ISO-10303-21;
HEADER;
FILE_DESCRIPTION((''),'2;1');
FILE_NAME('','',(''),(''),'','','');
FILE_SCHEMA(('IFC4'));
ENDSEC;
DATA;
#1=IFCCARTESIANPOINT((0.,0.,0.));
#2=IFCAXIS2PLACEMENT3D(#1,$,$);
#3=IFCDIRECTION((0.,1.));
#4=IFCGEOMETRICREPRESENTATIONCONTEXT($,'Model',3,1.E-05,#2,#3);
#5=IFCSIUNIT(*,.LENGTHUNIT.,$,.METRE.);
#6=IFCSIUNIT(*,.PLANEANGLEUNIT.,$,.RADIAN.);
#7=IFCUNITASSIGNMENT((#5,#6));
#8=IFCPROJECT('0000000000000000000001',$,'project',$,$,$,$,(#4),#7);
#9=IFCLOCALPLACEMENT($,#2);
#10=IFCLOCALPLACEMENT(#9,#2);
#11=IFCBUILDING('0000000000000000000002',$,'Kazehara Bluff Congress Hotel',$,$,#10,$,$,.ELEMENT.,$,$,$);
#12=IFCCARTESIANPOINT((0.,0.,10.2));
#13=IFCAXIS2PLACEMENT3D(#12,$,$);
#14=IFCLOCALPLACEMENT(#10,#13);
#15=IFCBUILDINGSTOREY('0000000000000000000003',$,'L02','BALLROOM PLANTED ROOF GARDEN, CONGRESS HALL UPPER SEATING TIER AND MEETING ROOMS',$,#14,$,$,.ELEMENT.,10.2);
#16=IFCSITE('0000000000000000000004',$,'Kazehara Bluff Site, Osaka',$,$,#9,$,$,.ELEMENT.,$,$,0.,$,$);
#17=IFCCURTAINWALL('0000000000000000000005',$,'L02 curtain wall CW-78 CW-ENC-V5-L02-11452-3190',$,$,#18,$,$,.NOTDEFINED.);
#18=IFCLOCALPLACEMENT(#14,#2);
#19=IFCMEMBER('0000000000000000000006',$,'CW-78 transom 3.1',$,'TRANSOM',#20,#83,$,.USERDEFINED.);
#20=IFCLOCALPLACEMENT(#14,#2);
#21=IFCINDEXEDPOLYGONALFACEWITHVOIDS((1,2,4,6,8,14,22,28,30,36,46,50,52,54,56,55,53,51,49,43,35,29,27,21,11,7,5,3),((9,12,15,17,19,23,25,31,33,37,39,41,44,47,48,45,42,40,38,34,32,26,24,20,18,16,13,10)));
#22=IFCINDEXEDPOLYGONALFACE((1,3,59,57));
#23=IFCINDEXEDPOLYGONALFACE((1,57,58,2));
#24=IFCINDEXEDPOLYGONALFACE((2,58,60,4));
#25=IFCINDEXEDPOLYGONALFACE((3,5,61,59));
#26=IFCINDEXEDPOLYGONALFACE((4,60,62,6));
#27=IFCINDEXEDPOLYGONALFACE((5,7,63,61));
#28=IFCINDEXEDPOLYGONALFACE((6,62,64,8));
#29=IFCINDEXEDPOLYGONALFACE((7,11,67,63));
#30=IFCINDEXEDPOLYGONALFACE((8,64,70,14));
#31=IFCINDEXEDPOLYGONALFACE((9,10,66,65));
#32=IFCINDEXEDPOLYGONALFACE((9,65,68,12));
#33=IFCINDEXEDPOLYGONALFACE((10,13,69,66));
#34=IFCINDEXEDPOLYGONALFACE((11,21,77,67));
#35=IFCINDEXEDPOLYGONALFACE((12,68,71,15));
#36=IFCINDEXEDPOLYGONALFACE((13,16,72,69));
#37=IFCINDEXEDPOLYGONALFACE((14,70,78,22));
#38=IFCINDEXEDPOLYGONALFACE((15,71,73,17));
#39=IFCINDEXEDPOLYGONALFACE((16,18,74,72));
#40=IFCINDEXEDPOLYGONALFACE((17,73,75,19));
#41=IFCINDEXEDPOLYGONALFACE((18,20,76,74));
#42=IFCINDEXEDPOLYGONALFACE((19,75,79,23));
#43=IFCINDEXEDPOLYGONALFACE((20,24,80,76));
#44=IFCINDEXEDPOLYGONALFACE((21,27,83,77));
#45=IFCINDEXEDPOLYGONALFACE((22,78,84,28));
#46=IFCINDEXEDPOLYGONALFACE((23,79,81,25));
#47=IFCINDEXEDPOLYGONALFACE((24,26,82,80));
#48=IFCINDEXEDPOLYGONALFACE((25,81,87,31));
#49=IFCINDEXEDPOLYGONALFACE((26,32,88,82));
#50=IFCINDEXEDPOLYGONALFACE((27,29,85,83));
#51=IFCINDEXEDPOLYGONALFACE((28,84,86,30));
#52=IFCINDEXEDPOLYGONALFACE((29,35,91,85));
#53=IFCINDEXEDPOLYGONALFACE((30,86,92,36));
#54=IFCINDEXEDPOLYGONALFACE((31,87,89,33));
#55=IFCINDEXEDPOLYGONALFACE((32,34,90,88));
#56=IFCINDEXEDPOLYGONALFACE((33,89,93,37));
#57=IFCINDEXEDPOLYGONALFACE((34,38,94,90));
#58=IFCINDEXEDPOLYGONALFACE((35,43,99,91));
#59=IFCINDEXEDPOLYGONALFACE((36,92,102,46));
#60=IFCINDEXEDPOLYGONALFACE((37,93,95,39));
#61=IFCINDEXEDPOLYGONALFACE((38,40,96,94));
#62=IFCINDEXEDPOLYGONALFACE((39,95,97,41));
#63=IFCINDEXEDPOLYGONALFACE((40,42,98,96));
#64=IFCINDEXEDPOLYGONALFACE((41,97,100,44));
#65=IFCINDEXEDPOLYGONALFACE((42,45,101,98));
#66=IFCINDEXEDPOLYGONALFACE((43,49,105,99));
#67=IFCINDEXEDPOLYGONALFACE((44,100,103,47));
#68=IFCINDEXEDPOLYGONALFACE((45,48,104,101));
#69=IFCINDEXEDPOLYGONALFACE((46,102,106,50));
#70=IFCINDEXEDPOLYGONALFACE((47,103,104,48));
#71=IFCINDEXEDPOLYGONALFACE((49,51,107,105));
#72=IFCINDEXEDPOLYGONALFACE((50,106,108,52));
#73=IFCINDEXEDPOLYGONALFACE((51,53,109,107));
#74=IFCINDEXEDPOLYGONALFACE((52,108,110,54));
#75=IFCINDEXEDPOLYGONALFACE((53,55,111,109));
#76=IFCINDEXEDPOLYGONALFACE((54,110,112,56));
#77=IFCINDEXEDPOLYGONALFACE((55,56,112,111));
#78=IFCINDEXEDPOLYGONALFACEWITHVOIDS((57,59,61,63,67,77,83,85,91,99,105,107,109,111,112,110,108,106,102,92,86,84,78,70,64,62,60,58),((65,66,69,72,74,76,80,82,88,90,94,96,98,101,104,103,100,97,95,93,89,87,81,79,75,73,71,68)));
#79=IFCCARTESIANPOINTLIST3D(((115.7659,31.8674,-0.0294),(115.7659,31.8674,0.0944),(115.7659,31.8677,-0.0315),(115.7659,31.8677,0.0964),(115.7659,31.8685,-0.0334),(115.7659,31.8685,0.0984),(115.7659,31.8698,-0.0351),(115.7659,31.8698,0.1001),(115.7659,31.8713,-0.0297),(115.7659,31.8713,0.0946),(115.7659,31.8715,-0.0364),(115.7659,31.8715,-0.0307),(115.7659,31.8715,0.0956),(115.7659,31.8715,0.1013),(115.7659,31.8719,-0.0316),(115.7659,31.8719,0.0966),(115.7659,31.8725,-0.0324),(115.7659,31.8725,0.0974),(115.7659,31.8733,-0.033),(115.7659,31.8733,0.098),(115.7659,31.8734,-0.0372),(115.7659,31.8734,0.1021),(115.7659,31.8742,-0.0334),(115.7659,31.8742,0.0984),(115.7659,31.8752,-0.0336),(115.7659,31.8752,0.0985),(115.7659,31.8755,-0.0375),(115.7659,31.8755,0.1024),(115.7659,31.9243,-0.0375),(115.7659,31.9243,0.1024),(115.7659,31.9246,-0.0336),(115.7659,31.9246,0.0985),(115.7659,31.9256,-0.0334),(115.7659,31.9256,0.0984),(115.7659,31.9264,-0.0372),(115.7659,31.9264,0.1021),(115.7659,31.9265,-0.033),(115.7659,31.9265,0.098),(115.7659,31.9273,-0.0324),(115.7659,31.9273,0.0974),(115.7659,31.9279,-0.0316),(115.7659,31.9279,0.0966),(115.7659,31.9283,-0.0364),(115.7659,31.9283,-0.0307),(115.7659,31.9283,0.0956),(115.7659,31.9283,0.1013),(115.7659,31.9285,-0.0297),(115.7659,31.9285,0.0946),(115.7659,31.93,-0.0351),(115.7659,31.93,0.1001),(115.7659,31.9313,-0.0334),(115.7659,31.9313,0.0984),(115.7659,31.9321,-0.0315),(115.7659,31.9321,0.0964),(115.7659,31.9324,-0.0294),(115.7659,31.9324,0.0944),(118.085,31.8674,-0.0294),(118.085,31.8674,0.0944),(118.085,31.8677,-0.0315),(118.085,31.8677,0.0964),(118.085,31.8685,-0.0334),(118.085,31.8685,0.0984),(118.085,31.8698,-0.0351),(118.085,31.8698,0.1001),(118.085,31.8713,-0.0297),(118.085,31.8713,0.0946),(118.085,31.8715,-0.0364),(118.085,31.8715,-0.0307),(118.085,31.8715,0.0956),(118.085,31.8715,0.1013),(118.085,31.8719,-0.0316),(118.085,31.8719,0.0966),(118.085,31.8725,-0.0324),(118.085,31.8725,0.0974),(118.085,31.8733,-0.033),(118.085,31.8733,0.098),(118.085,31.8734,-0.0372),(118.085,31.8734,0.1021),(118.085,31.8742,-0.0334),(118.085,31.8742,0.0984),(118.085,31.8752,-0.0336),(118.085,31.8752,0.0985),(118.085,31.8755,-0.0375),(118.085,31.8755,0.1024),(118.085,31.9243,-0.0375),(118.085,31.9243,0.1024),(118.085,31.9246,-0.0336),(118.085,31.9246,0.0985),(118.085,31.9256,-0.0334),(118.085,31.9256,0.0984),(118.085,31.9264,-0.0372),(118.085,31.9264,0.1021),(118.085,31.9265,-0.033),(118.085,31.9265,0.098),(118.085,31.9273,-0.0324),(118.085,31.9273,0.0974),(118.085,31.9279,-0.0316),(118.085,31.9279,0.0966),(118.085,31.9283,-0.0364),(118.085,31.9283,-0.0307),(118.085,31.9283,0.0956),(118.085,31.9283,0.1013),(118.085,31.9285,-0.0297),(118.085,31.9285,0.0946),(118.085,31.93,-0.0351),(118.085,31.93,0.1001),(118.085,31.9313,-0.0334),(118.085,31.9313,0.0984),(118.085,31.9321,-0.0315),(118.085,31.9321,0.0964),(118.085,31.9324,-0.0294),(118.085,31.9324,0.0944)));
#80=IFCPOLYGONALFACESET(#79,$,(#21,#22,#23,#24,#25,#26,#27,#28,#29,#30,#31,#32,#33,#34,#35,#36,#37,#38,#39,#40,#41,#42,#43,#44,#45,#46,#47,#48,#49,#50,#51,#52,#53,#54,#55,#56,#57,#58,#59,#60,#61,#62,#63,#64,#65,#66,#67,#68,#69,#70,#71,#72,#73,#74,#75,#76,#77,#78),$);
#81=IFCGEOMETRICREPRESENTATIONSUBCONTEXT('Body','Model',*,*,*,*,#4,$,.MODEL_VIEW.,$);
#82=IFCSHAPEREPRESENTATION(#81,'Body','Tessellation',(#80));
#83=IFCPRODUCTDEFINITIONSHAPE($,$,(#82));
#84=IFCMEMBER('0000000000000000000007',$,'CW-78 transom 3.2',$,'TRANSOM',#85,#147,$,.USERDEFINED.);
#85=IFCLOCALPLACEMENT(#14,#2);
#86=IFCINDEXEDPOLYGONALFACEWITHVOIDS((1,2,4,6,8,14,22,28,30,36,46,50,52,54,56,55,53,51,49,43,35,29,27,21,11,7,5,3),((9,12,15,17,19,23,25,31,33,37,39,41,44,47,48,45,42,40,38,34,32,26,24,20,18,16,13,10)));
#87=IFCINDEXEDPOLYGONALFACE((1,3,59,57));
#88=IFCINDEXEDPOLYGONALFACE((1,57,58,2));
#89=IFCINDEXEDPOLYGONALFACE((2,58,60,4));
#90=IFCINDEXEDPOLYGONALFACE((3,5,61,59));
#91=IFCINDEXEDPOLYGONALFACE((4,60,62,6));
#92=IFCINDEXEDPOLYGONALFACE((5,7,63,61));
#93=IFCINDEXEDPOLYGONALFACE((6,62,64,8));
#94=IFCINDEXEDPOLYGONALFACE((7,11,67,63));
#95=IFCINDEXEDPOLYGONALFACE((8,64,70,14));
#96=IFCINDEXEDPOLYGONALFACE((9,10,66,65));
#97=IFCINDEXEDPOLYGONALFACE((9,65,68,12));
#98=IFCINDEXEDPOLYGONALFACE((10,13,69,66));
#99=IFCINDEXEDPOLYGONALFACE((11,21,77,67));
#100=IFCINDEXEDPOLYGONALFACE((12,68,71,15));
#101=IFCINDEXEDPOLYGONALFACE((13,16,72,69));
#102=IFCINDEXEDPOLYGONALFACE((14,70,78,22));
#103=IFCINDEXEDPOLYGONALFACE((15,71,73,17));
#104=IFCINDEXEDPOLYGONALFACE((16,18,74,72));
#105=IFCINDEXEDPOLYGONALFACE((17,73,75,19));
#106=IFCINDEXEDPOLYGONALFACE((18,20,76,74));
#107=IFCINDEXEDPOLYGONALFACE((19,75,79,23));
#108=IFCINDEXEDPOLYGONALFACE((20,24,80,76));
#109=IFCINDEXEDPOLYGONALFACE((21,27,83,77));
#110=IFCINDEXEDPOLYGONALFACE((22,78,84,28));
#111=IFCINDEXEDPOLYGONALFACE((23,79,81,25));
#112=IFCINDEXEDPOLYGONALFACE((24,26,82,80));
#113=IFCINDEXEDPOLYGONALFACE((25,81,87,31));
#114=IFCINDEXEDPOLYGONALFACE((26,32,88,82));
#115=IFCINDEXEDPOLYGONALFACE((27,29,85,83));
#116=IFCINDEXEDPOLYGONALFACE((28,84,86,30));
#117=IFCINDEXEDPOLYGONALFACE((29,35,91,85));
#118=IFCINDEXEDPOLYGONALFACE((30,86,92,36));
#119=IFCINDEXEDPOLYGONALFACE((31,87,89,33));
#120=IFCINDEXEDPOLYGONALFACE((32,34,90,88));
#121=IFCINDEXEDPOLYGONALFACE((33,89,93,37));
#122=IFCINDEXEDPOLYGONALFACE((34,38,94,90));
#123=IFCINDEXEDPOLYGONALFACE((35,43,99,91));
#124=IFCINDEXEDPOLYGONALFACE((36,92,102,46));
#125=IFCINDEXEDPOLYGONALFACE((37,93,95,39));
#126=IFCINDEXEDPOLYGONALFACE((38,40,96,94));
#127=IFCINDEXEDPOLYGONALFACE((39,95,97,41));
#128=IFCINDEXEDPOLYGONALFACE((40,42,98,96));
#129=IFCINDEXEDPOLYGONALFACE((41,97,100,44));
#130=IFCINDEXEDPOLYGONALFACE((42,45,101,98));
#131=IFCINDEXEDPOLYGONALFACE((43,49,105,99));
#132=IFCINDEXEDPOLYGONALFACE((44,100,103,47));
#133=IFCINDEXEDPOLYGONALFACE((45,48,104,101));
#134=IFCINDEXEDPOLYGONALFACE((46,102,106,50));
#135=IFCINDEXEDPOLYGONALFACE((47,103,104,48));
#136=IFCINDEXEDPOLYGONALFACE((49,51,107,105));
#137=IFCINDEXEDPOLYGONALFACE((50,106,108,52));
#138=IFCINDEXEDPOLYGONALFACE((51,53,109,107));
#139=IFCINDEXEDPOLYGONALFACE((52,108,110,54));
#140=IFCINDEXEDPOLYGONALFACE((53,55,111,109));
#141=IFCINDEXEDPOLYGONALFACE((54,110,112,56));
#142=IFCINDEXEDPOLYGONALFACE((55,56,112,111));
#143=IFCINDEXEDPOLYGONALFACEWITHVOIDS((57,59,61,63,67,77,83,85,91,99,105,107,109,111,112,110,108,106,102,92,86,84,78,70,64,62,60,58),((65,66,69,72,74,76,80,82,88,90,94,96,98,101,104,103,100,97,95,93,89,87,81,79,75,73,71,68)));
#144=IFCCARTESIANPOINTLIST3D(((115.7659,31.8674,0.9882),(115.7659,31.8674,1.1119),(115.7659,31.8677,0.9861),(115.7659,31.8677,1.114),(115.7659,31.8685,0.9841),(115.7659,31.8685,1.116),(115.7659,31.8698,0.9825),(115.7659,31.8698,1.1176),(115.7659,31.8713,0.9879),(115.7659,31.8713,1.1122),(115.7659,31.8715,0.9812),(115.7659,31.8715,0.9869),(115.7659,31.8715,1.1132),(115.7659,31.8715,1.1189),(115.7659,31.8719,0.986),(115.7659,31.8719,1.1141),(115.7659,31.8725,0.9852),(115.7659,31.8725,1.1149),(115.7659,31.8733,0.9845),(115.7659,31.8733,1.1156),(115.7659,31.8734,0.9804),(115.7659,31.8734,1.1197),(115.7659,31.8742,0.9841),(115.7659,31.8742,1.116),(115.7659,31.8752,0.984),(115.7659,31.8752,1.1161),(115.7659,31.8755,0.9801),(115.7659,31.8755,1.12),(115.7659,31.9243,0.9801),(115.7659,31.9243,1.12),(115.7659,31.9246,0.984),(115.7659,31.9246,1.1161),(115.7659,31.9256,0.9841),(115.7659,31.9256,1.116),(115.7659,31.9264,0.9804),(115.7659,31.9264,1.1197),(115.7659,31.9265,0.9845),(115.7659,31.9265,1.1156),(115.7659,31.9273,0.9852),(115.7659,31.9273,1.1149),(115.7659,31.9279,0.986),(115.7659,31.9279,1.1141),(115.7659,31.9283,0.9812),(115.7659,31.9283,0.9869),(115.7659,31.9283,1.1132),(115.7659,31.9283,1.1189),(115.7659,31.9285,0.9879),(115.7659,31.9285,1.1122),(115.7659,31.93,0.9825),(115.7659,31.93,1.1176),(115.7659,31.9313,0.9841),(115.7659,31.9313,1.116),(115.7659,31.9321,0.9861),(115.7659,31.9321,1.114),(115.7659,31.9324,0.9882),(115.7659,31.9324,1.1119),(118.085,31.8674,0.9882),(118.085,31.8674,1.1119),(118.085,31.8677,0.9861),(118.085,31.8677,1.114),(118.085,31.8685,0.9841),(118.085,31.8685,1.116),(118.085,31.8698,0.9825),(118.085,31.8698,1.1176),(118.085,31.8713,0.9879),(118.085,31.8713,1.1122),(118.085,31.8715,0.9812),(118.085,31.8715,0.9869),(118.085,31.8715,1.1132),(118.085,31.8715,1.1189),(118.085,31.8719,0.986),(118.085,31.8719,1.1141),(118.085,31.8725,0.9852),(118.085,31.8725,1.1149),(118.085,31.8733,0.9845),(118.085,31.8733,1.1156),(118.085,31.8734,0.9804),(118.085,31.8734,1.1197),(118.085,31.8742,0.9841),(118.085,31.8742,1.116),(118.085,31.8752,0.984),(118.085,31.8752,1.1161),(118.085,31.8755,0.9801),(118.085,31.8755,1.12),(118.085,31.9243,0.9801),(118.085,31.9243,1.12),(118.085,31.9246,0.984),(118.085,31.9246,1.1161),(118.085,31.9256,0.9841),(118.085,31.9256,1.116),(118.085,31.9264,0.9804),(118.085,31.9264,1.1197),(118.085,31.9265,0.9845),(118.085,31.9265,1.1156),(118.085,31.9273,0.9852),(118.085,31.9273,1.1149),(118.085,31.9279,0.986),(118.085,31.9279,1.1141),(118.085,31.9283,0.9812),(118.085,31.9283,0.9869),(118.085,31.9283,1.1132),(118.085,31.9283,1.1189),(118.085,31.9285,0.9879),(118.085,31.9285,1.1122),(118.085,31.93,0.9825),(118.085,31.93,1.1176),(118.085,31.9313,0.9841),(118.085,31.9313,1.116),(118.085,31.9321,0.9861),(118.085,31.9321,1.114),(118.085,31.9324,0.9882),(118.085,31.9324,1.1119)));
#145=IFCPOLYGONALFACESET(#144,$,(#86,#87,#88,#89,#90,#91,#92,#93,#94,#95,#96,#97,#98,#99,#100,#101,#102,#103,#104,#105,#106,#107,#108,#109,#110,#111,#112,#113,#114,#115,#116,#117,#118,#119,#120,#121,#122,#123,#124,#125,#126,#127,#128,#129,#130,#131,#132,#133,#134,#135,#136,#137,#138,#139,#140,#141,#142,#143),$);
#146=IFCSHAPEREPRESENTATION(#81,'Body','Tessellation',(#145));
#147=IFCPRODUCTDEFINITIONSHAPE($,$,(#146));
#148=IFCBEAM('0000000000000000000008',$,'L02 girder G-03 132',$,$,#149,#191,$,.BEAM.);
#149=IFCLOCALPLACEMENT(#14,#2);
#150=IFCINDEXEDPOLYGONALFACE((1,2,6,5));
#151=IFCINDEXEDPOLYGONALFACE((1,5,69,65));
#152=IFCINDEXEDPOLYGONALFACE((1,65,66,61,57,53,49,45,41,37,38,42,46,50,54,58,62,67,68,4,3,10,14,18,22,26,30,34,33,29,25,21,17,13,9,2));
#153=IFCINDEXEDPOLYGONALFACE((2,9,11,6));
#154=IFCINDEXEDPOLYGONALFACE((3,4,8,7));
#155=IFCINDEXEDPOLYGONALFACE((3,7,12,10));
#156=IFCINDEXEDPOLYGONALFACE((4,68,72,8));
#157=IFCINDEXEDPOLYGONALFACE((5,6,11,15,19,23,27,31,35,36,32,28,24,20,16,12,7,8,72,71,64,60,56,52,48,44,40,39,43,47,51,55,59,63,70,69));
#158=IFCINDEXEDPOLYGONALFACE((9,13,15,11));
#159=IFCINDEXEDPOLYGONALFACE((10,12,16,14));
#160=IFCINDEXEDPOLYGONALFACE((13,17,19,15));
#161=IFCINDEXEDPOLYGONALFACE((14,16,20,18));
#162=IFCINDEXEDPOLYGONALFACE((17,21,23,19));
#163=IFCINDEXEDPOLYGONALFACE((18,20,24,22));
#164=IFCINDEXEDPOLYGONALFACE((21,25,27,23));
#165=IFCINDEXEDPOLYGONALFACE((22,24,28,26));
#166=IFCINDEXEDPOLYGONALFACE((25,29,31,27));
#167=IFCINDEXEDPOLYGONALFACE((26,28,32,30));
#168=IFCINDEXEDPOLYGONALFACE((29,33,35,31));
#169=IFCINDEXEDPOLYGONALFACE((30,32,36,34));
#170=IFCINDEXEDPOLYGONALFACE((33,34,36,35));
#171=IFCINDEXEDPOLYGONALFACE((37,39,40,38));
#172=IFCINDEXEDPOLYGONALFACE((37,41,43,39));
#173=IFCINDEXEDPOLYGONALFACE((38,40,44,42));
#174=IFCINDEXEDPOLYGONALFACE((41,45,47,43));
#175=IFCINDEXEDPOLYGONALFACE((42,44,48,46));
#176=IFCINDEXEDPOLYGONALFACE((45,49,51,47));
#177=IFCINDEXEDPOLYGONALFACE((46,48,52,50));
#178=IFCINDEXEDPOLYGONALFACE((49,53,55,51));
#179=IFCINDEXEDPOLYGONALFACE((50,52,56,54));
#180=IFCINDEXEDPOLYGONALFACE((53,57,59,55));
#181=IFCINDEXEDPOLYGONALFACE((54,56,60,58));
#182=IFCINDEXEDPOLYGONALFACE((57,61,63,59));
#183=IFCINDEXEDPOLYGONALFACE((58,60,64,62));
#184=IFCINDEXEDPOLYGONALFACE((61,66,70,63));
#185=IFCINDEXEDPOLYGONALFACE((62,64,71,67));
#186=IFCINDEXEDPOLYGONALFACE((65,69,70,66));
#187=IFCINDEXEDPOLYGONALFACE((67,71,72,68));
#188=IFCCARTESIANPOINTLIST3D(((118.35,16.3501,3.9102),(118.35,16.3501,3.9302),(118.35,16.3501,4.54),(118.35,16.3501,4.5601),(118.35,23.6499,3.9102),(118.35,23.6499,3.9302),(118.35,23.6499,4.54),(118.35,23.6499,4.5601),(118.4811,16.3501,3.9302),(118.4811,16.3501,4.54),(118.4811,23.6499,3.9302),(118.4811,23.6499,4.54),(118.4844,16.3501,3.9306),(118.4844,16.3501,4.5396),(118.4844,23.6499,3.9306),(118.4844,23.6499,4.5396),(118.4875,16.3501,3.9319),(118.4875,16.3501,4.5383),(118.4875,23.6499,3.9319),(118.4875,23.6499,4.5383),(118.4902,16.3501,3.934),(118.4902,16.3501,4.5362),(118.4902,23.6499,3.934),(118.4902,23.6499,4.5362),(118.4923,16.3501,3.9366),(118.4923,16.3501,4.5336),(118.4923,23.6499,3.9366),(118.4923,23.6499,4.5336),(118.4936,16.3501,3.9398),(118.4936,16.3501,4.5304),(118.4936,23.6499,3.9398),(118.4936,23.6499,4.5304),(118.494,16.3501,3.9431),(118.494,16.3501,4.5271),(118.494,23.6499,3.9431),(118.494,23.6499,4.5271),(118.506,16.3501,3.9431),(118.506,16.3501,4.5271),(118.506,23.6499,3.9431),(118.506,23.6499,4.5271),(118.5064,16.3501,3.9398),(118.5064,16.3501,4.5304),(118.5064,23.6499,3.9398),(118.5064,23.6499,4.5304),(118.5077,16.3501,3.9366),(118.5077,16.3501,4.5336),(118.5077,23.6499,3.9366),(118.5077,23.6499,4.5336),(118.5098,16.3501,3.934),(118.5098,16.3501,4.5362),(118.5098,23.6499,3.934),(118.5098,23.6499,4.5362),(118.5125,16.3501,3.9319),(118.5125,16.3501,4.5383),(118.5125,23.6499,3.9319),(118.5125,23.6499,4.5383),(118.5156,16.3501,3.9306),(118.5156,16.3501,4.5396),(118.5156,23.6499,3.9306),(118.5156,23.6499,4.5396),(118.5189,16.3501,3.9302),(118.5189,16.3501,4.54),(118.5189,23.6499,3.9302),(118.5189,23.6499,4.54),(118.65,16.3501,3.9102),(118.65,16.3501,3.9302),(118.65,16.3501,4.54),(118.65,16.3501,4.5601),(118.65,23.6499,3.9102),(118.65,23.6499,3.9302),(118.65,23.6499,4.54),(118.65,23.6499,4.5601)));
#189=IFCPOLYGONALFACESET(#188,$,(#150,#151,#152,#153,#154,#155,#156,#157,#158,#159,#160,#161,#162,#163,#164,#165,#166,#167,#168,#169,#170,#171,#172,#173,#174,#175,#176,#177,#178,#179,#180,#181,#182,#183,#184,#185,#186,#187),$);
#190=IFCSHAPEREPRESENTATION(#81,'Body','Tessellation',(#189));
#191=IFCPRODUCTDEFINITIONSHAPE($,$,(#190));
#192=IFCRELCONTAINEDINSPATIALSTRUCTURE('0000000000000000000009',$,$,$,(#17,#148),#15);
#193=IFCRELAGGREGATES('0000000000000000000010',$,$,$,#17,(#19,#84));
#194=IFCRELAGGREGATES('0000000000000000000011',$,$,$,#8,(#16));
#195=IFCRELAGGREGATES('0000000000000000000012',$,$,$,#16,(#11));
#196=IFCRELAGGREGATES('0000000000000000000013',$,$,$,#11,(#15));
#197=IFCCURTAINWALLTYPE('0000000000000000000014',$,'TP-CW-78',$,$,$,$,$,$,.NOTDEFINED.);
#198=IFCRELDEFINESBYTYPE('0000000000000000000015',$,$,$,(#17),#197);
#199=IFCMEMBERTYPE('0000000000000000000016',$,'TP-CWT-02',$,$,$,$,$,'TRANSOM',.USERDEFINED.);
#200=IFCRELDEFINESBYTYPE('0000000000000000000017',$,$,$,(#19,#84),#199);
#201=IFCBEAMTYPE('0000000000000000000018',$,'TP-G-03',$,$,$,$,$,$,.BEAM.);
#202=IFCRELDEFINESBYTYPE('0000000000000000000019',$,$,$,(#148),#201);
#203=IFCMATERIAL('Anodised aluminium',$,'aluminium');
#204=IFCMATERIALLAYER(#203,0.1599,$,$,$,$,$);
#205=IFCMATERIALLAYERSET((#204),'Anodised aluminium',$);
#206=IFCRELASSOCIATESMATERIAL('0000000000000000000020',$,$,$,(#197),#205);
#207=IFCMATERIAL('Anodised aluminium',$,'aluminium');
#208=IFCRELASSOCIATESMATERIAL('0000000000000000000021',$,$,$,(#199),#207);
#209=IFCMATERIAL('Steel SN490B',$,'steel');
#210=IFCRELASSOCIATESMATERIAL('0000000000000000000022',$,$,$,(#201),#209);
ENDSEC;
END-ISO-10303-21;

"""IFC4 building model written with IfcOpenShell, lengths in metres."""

from ifc_helpers import new_model, si_unit, direction, frame, origin, origin_2d, place, context, subcontext, project, spatial, hollow_rectangle, i_section, extrude, material, layer, layer_set, material_profile, profile_set, type_object, element, aggregate, save


model = new_model("IFC4")

# Units and contexts
model_context = context("Model", 3, precision=1e-05, world=origin(), true_north=direction((0.0, 1.0)))
body_context = subcontext(model_context, "Body", "Model", "MODEL_VIEW")
ifc_project = project(units=[si_unit("LENGTHUNIT", "METRE"), si_unit("PLANEANGLEUNIT", "RADIAN")], contexts=[model_context])

# Site, building, storey
site_placement = place(None, origin())
site = spatial("IfcSite", under=ifc_project, at=site_placement, Name="Kazehara Bluff Site, Osaka", CompositionType="ELEMENT", RefElevation=0.0)
building_placement = place(site_placement, origin())
building = spatial("IfcBuilding", under=site, at=building_placement, Name="Kazehara Bluff Congress Hotel", CompositionType="ELEMENT")
storey_placement = place(building_placement, frame((0.0, 0.0, 10.2)))
storey = spatial("IfcBuildingStorey", under=building, at=storey_placement, Name="L02", Description="BALLROOM PLANTED ROOF GARDEN, CONGRESS HALL UPPER SEATING TIER AND MEETING ROOMS", CompositionType="ELEMENT", Elevation=10.2)

# Curtain wall, members
ifc_material_1 = material(Name="Anodised aluminium", Category="aluminium")
ifc_layer_1 = layer(ifc_material_1, 0.1599)
ifc_layer_set_1 = layer_set([ifc_layer_1], Name="Anodised aluminium")
curtain_wall_type = type_object("IfcCurtainWallType", Name="TP-CW-78", PredefinedType="NOTDEFINED", material=ifc_layer_set_1)
curtain_wall_placement = place(storey_placement, origin())
curtain_wall = element("IfcCurtainWall", 1, at=curtain_wall_placement, inside=storey, type_object=curtain_wall_type, Name="L02 curtain wall CW-78 CW-ENC-V5-L02-11452-3190", PredefinedType="NOTDEFINED")
ifc_material_2 = material(Name="Anodised aluminium", Category="aluminium")
ifc_material_profile_1 = material_profile(ifc_material_2, hollow_rectangle(XDim=0.0649, YDim=0.1399, WallThickness=0.0039, InnerFilletRadius=0.0039, OuterFilletRadius=0.0081, at=origin_2d()))
ifc_profile_set_1 = profile_set([ifc_material_profile_1], Name="Anodised aluminium")
member_type_1 = type_object("IfcMemberType", Name="TP-CWT-02", ElementType="TRANSOM", PredefinedType="USERDEFINED", material=ifc_profile_set_1)
member_1_placement = place(storey_placement, frame((115.7659, 31.8999, 0.0325), z_axis=(1.0, 0.0, 0.0), x_axis=(0.0, 1.0, 0.0)))
member_1 = element("IfcMember", 2, at=member_1_placement, type_object=member_type_1, Name="CW-78 transom 3.1", ObjectType="TRANSOM", PredefinedType="USERDEFINED", context=body_context, shape_type="SweptSolid", body=[
    extrude(hollow_rectangle(XDim=0.0649, YDim=0.1399, WallThickness=0.0039, InnerFilletRadius=0.0039, OuterFilletRadius=0.0081, at=origin_2d()), origin(), (0.0, 0.0, 1.0), 2.3191),
])
member_2_placement = place(storey_placement, frame((115.7659, 31.8999, 1.05), z_axis=(1.0, 0.0, 0.0), x_axis=(0.0, 1.0, 0.0)))
member_2 = element("IfcMember", 3, at=member_2_placement, type_object=member_type_1, Name="CW-78 transom 3.2", ObjectType="TRANSOM", PredefinedType="USERDEFINED", context=body_context, shape_type="SweptSolid", body=[
    extrude(hollow_rectangle(XDim=0.0649, YDim=0.1399, WallThickness=0.0039, InnerFilletRadius=0.0039, OuterFilletRadius=0.0081, at=origin_2d()), origin(), (0.0, 0.0, 1.0), 2.3191),
])

# Beam
ifc_material_3 = material(Name="Steel SN490B", Category="steel")
ifc_material_profile_2 = material_profile(ifc_material_3, i_section(OverallWidth=0.3, OverallDepth=0.6499, WebThickness=0.012, FlangeThickness=0.02, FilletRadius=0.0129, at=origin_2d()))
ifc_profile_set_2 = profile_set([ifc_material_profile_2], Name="Steel SN490B")
beam_type_1 = type_object("IfcBeamType", Name="TP-G-03", PredefinedType="BEAM", material=ifc_profile_set_2)
for number, where, z_axis, x_axis, name in (
    (4, (118.5, 16.3501, 4.2351), (0.0, 1.0, 0.0), (-1.0, 0.0, 0.0), "L02 girder G-03 132"),
):
    element("IfcBeam", number, at=place(storey_placement, frame(where, z_axis=z_axis, x_axis=x_axis)), inside=storey, type_object=beam_type_1, Name=name, PredefinedType="BEAM", context=body_context, shape_type="SweptSolid", body=[
        extrude(i_section(OverallWidth=0.3, OverallDepth=0.6499, WebThickness=0.012, FlangeThickness=0.02, FilletRadius=0.0129, at=origin_2d()), origin(), (0.0, 0.0, 1.0), 7.2998),
    ])

aggregate(curtain_wall, [member_1, member_2])

save(model, "model.ifc")
